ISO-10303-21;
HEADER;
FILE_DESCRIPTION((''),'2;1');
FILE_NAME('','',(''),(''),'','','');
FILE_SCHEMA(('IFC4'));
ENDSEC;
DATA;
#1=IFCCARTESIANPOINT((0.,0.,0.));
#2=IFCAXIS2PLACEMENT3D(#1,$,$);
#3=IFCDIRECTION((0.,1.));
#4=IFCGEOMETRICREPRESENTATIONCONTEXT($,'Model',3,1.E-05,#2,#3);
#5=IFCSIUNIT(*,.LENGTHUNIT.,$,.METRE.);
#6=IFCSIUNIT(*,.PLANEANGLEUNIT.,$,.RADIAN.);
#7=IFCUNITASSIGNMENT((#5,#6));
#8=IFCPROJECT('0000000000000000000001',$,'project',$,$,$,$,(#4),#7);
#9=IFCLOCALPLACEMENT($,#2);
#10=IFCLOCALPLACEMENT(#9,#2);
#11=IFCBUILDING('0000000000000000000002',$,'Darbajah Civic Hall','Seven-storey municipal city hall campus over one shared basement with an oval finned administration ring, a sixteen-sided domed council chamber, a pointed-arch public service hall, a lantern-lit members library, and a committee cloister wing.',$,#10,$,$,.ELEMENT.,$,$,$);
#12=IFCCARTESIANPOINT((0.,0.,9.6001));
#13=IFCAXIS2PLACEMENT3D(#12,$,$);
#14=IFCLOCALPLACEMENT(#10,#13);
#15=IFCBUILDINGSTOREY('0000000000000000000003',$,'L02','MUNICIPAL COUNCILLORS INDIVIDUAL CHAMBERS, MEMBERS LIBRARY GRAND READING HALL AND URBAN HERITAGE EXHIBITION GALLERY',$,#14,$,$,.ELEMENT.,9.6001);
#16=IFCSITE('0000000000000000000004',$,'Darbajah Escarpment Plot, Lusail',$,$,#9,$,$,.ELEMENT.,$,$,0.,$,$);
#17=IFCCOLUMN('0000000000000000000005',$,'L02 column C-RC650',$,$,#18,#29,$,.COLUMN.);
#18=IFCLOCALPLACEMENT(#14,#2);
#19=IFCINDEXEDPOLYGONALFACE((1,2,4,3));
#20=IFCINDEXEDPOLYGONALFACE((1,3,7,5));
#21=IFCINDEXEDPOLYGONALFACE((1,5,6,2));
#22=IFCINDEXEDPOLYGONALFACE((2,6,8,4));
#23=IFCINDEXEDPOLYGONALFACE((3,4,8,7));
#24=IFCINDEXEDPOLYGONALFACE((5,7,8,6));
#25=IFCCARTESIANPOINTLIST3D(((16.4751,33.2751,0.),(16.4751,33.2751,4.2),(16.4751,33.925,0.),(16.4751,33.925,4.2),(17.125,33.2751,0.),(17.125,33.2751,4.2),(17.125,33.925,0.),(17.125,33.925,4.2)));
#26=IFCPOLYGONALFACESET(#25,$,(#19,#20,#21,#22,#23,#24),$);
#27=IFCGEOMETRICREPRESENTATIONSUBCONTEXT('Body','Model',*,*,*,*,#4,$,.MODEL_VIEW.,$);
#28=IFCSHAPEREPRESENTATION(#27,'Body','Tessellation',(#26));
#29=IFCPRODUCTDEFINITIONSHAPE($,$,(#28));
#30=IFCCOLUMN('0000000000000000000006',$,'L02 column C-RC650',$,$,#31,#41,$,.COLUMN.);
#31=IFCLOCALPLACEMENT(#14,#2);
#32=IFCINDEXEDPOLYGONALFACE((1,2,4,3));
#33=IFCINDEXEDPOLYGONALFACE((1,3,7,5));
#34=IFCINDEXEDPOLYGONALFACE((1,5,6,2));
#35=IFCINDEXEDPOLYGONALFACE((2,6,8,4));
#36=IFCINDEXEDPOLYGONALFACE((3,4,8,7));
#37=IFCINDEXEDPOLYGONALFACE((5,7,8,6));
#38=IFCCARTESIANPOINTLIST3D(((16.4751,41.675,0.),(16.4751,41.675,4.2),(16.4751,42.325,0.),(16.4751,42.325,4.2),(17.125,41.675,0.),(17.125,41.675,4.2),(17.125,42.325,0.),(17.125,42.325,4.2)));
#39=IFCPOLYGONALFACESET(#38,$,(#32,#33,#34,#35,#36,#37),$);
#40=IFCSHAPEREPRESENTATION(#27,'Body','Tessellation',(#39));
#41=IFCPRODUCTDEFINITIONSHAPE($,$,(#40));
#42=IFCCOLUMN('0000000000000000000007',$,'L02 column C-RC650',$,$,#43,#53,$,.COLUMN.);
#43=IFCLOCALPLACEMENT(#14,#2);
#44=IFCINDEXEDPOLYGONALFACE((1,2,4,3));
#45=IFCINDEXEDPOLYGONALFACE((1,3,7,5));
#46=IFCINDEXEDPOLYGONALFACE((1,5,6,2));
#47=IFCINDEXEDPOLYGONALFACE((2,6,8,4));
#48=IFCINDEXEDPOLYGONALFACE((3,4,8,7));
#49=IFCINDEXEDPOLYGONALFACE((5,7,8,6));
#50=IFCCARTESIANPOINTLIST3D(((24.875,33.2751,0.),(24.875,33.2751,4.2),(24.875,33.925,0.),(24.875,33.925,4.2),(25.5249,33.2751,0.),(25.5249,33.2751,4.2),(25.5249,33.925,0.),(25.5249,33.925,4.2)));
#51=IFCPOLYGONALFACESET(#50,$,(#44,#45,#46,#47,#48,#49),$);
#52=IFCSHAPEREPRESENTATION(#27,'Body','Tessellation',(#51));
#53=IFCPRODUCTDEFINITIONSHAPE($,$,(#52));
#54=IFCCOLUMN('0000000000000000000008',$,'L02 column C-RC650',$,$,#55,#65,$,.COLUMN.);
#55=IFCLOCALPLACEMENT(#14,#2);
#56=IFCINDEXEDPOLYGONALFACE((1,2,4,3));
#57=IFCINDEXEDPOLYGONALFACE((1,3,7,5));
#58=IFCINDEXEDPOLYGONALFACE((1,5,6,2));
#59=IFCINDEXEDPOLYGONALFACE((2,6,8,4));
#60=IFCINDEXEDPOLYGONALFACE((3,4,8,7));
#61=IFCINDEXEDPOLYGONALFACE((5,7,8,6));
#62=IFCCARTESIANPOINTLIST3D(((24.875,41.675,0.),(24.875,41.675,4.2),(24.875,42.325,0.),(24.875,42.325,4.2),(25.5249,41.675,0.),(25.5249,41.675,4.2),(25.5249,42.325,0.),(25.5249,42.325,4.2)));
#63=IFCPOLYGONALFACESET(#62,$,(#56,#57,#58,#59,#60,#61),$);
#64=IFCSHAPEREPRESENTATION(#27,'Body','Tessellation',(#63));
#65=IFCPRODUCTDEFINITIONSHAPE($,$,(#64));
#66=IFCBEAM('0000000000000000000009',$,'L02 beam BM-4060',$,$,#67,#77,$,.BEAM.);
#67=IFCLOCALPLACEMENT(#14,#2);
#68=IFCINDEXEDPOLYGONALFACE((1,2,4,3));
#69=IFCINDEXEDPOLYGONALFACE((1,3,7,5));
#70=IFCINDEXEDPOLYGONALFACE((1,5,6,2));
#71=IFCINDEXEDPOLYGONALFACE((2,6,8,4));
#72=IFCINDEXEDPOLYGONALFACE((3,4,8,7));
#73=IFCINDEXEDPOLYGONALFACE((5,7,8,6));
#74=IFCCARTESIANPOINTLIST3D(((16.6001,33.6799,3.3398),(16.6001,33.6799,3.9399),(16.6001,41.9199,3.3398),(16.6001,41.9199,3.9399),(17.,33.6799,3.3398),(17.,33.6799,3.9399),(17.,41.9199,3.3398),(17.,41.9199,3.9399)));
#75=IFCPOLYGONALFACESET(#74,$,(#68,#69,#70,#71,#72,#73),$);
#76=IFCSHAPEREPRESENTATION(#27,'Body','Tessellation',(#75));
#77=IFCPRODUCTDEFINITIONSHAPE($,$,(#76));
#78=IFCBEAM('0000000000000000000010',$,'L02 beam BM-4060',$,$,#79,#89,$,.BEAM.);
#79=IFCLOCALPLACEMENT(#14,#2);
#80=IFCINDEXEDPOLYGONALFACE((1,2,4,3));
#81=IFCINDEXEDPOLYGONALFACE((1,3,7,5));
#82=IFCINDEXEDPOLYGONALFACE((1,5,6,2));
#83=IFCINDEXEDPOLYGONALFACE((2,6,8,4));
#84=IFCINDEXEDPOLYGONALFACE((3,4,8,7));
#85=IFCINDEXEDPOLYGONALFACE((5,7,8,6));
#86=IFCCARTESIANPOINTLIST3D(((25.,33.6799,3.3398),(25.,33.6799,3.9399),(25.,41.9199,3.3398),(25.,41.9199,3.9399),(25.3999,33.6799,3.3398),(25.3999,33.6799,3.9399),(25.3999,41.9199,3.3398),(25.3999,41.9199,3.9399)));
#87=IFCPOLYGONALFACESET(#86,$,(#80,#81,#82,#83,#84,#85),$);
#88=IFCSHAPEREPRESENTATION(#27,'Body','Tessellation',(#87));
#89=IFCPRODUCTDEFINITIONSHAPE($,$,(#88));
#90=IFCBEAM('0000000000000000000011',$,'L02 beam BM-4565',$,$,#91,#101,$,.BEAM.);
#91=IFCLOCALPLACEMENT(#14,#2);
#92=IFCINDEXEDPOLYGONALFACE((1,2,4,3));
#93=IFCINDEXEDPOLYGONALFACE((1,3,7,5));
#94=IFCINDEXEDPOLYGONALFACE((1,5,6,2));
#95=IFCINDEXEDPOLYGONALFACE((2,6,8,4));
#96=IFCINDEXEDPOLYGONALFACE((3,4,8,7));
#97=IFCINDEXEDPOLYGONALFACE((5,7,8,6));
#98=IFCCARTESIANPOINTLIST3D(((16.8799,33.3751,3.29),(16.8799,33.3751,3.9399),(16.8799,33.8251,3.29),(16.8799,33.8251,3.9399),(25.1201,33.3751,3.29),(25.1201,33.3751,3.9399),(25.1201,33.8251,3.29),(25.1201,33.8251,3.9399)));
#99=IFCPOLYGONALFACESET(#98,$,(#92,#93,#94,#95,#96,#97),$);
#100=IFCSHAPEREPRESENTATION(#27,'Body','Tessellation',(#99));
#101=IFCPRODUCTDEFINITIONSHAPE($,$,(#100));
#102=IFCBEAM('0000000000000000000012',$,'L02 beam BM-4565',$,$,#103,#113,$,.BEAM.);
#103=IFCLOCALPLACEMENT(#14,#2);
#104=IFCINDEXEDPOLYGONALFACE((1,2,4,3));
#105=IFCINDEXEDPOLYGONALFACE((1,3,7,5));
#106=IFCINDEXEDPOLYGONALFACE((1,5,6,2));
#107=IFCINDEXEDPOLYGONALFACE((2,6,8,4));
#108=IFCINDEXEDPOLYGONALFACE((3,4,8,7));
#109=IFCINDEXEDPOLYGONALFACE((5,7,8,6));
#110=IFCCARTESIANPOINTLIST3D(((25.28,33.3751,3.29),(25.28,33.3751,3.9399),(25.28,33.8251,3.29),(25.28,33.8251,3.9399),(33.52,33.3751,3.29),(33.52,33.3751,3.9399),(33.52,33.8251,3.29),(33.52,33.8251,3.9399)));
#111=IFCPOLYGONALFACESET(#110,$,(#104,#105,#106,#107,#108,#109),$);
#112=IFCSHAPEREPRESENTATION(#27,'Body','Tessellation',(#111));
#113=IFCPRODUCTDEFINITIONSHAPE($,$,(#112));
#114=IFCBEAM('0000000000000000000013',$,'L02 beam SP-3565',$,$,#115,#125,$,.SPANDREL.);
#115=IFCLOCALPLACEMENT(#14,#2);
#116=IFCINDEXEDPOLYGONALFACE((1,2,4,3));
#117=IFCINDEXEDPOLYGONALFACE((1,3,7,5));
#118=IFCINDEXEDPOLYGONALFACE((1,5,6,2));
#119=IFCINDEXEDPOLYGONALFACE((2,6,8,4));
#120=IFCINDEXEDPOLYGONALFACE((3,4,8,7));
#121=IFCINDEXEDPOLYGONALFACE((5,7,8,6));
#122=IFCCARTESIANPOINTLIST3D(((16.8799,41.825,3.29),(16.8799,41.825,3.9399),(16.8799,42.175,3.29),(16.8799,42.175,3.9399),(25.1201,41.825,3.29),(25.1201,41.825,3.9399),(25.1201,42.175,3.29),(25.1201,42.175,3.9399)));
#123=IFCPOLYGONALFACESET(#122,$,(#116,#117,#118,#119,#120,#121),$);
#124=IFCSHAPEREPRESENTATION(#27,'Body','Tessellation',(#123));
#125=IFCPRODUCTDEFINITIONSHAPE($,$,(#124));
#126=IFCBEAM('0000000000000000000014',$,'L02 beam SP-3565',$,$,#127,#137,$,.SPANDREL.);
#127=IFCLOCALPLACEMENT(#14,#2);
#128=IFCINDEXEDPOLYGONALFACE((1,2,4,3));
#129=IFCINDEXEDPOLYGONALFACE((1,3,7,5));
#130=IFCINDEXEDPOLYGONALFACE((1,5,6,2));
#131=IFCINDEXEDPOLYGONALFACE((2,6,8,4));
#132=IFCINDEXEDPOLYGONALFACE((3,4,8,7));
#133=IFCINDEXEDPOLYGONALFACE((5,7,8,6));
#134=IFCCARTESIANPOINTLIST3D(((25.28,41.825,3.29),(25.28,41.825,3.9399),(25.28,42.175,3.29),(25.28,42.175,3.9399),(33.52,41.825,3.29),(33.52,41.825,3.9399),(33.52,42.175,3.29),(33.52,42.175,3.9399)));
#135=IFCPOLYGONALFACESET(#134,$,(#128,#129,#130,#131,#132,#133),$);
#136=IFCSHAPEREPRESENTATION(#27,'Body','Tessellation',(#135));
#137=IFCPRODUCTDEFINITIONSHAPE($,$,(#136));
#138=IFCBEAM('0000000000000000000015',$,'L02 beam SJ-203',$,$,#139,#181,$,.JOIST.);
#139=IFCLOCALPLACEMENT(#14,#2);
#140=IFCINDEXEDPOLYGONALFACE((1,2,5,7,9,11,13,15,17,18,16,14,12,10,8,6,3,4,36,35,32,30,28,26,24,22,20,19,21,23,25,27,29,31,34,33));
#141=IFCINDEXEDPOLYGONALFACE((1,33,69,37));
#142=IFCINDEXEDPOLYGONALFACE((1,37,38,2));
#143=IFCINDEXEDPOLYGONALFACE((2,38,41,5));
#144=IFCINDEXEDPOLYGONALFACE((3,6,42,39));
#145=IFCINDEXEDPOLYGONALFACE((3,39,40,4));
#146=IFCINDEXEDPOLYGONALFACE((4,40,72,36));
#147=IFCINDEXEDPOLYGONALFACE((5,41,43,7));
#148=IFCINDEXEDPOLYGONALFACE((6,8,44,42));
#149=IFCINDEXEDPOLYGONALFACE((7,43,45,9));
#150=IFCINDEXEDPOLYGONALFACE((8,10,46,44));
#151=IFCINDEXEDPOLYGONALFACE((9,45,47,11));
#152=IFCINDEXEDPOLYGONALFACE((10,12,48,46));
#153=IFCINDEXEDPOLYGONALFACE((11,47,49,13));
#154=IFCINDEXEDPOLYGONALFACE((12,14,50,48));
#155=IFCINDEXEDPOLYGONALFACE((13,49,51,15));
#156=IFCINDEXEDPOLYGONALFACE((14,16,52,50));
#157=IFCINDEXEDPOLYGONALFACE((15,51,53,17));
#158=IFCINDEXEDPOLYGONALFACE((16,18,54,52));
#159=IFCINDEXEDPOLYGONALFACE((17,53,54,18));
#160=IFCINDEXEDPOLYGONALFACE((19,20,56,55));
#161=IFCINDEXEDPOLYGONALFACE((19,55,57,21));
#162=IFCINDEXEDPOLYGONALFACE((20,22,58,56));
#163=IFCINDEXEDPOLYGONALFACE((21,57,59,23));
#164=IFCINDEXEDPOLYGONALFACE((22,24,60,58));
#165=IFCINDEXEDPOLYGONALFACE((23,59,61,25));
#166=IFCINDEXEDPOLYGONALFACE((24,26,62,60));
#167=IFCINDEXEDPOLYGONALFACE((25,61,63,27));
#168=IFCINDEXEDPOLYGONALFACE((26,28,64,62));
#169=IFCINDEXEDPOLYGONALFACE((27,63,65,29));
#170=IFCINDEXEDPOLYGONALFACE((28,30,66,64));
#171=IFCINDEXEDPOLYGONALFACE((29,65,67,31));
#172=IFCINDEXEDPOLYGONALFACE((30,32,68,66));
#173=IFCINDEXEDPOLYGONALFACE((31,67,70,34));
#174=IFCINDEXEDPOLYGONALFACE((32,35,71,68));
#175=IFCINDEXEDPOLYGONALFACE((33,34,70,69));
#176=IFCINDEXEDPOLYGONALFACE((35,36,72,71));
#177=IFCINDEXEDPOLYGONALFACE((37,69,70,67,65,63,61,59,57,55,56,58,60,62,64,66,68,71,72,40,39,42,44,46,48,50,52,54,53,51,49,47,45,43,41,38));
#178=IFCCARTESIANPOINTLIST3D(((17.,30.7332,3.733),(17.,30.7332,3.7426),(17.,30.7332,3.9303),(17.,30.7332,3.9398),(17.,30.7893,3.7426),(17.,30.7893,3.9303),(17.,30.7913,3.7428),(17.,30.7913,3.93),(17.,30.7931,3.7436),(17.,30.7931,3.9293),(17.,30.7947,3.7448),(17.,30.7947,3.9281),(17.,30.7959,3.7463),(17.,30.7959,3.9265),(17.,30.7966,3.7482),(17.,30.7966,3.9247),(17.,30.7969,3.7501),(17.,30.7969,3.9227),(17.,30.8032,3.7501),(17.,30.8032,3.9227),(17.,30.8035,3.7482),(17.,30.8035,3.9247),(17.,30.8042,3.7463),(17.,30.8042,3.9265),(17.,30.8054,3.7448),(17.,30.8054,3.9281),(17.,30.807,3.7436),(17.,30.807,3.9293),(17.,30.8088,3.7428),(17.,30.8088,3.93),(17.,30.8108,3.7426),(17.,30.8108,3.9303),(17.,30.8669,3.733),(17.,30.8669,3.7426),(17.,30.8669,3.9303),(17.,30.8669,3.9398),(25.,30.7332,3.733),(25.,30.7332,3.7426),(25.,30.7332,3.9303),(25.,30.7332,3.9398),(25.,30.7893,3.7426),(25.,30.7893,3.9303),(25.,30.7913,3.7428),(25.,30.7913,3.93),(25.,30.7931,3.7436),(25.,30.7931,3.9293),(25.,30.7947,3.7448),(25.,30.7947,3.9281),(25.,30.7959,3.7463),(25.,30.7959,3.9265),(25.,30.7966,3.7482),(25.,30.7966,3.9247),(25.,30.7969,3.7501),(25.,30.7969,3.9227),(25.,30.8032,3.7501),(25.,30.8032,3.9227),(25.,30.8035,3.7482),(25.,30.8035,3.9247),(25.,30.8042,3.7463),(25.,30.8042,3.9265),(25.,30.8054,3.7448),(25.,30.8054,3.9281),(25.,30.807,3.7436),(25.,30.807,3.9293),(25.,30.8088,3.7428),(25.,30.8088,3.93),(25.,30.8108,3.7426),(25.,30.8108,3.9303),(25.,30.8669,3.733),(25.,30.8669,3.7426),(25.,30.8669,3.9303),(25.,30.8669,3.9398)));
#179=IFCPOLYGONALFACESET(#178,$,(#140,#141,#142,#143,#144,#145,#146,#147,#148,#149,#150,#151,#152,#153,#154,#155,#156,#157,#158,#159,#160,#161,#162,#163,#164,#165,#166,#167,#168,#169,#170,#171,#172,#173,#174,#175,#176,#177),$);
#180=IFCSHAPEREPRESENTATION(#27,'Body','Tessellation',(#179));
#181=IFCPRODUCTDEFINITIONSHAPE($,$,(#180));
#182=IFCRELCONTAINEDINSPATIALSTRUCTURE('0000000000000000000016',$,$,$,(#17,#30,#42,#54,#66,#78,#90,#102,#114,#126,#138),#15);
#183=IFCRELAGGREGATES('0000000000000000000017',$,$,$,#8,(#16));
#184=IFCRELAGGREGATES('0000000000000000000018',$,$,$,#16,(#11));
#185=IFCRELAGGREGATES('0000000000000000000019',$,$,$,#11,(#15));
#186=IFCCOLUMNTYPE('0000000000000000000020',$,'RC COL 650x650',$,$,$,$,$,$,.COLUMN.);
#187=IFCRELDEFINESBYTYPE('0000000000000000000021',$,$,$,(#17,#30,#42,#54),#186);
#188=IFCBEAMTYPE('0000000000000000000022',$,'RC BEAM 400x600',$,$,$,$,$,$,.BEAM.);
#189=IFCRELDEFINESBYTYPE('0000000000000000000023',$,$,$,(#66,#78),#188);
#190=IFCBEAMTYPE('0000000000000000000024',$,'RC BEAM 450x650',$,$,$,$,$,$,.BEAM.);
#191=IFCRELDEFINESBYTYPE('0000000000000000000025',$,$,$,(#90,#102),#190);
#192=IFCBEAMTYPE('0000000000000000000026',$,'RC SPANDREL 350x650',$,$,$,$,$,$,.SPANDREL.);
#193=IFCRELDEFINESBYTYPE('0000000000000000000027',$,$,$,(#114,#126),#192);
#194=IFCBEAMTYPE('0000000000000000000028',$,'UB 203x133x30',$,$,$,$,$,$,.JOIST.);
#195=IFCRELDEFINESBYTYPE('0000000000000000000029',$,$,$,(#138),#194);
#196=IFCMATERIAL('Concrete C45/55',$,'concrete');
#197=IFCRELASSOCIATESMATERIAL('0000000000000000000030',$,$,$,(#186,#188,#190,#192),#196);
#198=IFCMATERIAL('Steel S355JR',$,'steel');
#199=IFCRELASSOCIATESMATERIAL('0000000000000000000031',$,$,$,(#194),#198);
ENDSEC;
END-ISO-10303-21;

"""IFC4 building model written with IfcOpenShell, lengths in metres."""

from ifc_helpers import new_model, si_unit, direction, frame, origin, origin_2d, place, context, subcontext, project, spatial, rectangle, i_section, extrude, material, material_profile, profile_set, type_object, element, save


model = new_model("IFC4")

# Units and contexts
model_context = context("Model", 3, precision=1e-05, world=origin(), true_north=direction((0.0, 1.0)))
body_context = subcontext(model_context, "Body", "Model", "MODEL_VIEW")
ifc_project = project(units=[si_unit("LENGTHUNIT", "METRE"), si_unit("PLANEANGLEUNIT", "RADIAN")], contexts=[model_context])

# Site, building, storey
site_placement = place(None, origin())
site = spatial("IfcSite", under=ifc_project, at=site_placement, Name="Darbajah Escarpment Plot, Lusail", CompositionType="ELEMENT", RefElevation=0.0)
building_placement = place(site_placement, origin())
building = spatial("IfcBuilding", under=site, at=building_placement, Name="Darbajah Civic Hall", Description="Seven-storey municipal city hall campus over one shared basement with an oval finned administration ring, a sixteen-sided domed council chamber, a pointed-arch public service hall, a lantern-lit members library, and a committee cloister wing.", CompositionType="ELEMENT")
storey_placement = place(building_placement, frame((0.0, 0.0, 9.6001)))
storey = spatial("IfcBuildingStorey", under=building, at=storey_placement, Name="L02", Description="MUNICIPAL COUNCILLORS INDIVIDUAL CHAMBERS, MEMBERS LIBRARY GRAND READING HALL AND URBAN HERITAGE EXHIBITION GALLERY", CompositionType="ELEMENT", Elevation=9.6001)

# Columns
ifc_material_1 = material(Name="Concrete C45/55", Category="concrete")
ifc_material_profile_1 = material_profile(ifc_material_1, rectangle(XDim=0.6499, YDim=0.6499, at=origin_2d()), Name="RC COL 650x650")
ifc_profile_set_1 = profile_set([ifc_material_profile_1], Name="Concrete C45/55")
column_type = type_object("IfcColumnType", Name="RC COL 650x650", PredefinedType="COLUMN", material=ifc_profile_set_1)
for number, where, z_axis, x_axis, name in (
    (1, (16.8, 33.6001, 0.0), (0.0, 0.0, 1.0), (1.0, 0.0, 0.0), "L02 column C-RC650"),
    (2, (16.8, 42.0, 0.0), (0.0, 0.0, 1.0), (1.0, 0.0, 0.0), "L02 column C-RC650"),
    (3, (25.2, 33.6001, 0.0), (0.0, 0.0, 1.0), (1.0, 0.0, 0.0), "L02 column C-RC650"),
    (4, (25.2, 42.0, 0.0), (0.0, 0.0, 1.0), (1.0, 0.0, 0.0), "L02 column C-RC650"),
):
    element("IfcColumn", number, at=place(storey_placement, frame(where, z_axis=z_axis, x_axis=x_axis)), inside=storey, type_object=column_type, Name=name, PredefinedType="COLUMN", context=body_context, shape_type="SweptSolid", body=[
        extrude(rectangle(XDim=0.6499, YDim=0.6499, at=origin_2d()), origin(), (0.0, 0.0, 1.0), 4.2),
    ])

# Beams
ifc_material_profile_2 = material_profile(ifc_material_1, rectangle(XDim=0.3999, YDim=0.6001, at=origin_2d()), Name="RC BEAM 400x600")
ifc_profile_set_2 = profile_set([ifc_material_profile_2], Name="Concrete C45/55")
beam_type_1 = type_object("IfcBeamType", Name="RC BEAM 400x600", PredefinedType="BEAM", material=ifc_profile_set_2)
for number, where, z_axis, x_axis, name in (
    (5, (16.8, 33.6799, 3.6399), (0.0, 1.0, 0.0), (-1.0, 0.0, 0.0), "L02 beam BM-4060"),
    (6, (25.2, 33.6799, 3.6399), (0.0, 1.0, 0.0), (-1.0, 0.0, 0.0), "L02 beam BM-4060"),
):
    element("IfcBeam", number, at=place(storey_placement, frame(where, z_axis=z_axis, x_axis=x_axis)), inside=storey, type_object=beam_type_1, Name=name, PredefinedType="BEAM", context=body_context, shape_type="SweptSolid", body=[
        extrude(rectangle(XDim=0.3999, YDim=0.6001, at=origin_2d()), origin(), (0.0, 0.0, 1.0), 8.24),
    ])
ifc_material_profile_3 = material_profile(ifc_material_1, rectangle(XDim=0.45, YDim=0.6499, at=origin_2d()), Name="RC BEAM 450x650")
ifc_profile_set_3 = profile_set([ifc_material_profile_3], Name="Concrete C45/55")
beam_type_2 = type_object("IfcBeamType", Name="RC BEAM 450x650", PredefinedType="BEAM", material=ifc_profile_set_3)
beam_1_placement = place(storey_placement, frame((16.8799, 33.6001, 3.615), z_axis=(1.0, 0.0, 0.0), x_axis=(0.0, 1.0, 0.0)))
element("IfcBeam", 7, at=beam_1_placement, inside=storey, type_object=beam_type_2, Name="L02 beam BM-4565", PredefinedType="BEAM", context=body_context, shape_type="SweptSolid", body=[
    extrude(rectangle(XDim=0.45, YDim=0.6499, at=origin_2d()), origin(), (0.0, 0.0, 1.0), 8.2402),
])
beam_2_placement = place(storey_placement, frame((25.28, 33.6001, 3.615), z_axis=(1.0, 0.0, 0.0), x_axis=(0.0, 1.0, 0.0)))
element("IfcBeam", 8, at=beam_2_placement, inside=storey, type_object=beam_type_2, Name="L02 beam BM-4565", PredefinedType="BEAM", context=body_context, shape_type="SweptSolid", body=[
    extrude(rectangle(XDim=0.45, YDim=0.6499, at=origin_2d()), origin(), (0.0, 0.0, 1.0), 8.24),
])
ifc_material_profile_4 = material_profile(ifc_material_1, rectangle(XDim=0.3501, YDim=0.6499, at=origin_2d()), Name="RC SPANDREL 350x650")
ifc_profile_set_4 = profile_set([ifc_material_profile_4], Name="Concrete C45/55")
beam_type_3 = type_object("IfcBeamType", Name="RC SPANDREL 350x650", PredefinedType="SPANDREL", material=ifc_profile_set_4)
beam_3_placement = place(storey_placement, frame((16.8799, 42.0, 3.615), z_axis=(1.0, 0.0, 0.0), x_axis=(0.0, 1.0, 0.0)))
element("IfcBeam", 9, at=beam_3_placement, inside=storey, type_object=beam_type_3, Name="L02 beam SP-3565", PredefinedType="SPANDREL", context=body_context, shape_type="SweptSolid", body=[
    extrude(rectangle(XDim=0.3501, YDim=0.6499, at=origin_2d()), origin(), (0.0, 0.0, 1.0), 8.2402),
])
beam_4_placement = place(storey_placement, frame((25.28, 42.0, 3.615), z_axis=(1.0, 0.0, 0.0), x_axis=(0.0, 1.0, 0.0)))
element("IfcBeam", 10, at=beam_4_placement, inside=storey, type_object=beam_type_3, Name="L02 beam SP-3565", PredefinedType="SPANDREL", context=body_context, shape_type="SweptSolid", body=[
    extrude(rectangle(XDim=0.3501, YDim=0.6499, at=origin_2d()), origin(), (0.0, 0.0, 1.0), 8.24),
])
ifc_material_2 = material(Name="Steel S355JR", Category="steel")
ifc_material_profile_5 = material_profile(ifc_material_2, i_section(OverallWidth=0.1338, OverallDepth=0.2068, WebThickness=0.0063, FlangeThickness=0.0095, FilletRadius=0.0076, at=origin_2d()), Name="UB 203x133x30")
ifc_profile_set_5 = profile_set([ifc_material_profile_5], Name="Steel S355JR")
beam_type_4 = type_object("IfcBeamType", Name="UB 203x133x30", PredefinedType="JOIST", material=ifc_profile_set_5)
for number, where, z_axis, x_axis, name in (
    (11, (17.0, 30.8, 3.8364), (1.0, 0.0, 0.0), (0.0, 1.0, 0.0), "L02 beam SJ-203"),
):
    element("IfcBeam", number, at=place(storey_placement, frame(where, z_axis=z_axis, x_axis=x_axis)), inside=storey, type_object=beam_type_4, Name=name, PredefinedType="JOIST", context=body_context, shape_type="SweptSolid", body=[
        extrude(i_section(OverallWidth=0.1338, OverallDepth=0.2068, WebThickness=0.0063, FlangeThickness=0.0095, FilletRadius=0.0076, at=origin_2d()), origin(), (0.0, 0.0, 1.0), 8.0),
    ])

save(model, "model.ifc")
